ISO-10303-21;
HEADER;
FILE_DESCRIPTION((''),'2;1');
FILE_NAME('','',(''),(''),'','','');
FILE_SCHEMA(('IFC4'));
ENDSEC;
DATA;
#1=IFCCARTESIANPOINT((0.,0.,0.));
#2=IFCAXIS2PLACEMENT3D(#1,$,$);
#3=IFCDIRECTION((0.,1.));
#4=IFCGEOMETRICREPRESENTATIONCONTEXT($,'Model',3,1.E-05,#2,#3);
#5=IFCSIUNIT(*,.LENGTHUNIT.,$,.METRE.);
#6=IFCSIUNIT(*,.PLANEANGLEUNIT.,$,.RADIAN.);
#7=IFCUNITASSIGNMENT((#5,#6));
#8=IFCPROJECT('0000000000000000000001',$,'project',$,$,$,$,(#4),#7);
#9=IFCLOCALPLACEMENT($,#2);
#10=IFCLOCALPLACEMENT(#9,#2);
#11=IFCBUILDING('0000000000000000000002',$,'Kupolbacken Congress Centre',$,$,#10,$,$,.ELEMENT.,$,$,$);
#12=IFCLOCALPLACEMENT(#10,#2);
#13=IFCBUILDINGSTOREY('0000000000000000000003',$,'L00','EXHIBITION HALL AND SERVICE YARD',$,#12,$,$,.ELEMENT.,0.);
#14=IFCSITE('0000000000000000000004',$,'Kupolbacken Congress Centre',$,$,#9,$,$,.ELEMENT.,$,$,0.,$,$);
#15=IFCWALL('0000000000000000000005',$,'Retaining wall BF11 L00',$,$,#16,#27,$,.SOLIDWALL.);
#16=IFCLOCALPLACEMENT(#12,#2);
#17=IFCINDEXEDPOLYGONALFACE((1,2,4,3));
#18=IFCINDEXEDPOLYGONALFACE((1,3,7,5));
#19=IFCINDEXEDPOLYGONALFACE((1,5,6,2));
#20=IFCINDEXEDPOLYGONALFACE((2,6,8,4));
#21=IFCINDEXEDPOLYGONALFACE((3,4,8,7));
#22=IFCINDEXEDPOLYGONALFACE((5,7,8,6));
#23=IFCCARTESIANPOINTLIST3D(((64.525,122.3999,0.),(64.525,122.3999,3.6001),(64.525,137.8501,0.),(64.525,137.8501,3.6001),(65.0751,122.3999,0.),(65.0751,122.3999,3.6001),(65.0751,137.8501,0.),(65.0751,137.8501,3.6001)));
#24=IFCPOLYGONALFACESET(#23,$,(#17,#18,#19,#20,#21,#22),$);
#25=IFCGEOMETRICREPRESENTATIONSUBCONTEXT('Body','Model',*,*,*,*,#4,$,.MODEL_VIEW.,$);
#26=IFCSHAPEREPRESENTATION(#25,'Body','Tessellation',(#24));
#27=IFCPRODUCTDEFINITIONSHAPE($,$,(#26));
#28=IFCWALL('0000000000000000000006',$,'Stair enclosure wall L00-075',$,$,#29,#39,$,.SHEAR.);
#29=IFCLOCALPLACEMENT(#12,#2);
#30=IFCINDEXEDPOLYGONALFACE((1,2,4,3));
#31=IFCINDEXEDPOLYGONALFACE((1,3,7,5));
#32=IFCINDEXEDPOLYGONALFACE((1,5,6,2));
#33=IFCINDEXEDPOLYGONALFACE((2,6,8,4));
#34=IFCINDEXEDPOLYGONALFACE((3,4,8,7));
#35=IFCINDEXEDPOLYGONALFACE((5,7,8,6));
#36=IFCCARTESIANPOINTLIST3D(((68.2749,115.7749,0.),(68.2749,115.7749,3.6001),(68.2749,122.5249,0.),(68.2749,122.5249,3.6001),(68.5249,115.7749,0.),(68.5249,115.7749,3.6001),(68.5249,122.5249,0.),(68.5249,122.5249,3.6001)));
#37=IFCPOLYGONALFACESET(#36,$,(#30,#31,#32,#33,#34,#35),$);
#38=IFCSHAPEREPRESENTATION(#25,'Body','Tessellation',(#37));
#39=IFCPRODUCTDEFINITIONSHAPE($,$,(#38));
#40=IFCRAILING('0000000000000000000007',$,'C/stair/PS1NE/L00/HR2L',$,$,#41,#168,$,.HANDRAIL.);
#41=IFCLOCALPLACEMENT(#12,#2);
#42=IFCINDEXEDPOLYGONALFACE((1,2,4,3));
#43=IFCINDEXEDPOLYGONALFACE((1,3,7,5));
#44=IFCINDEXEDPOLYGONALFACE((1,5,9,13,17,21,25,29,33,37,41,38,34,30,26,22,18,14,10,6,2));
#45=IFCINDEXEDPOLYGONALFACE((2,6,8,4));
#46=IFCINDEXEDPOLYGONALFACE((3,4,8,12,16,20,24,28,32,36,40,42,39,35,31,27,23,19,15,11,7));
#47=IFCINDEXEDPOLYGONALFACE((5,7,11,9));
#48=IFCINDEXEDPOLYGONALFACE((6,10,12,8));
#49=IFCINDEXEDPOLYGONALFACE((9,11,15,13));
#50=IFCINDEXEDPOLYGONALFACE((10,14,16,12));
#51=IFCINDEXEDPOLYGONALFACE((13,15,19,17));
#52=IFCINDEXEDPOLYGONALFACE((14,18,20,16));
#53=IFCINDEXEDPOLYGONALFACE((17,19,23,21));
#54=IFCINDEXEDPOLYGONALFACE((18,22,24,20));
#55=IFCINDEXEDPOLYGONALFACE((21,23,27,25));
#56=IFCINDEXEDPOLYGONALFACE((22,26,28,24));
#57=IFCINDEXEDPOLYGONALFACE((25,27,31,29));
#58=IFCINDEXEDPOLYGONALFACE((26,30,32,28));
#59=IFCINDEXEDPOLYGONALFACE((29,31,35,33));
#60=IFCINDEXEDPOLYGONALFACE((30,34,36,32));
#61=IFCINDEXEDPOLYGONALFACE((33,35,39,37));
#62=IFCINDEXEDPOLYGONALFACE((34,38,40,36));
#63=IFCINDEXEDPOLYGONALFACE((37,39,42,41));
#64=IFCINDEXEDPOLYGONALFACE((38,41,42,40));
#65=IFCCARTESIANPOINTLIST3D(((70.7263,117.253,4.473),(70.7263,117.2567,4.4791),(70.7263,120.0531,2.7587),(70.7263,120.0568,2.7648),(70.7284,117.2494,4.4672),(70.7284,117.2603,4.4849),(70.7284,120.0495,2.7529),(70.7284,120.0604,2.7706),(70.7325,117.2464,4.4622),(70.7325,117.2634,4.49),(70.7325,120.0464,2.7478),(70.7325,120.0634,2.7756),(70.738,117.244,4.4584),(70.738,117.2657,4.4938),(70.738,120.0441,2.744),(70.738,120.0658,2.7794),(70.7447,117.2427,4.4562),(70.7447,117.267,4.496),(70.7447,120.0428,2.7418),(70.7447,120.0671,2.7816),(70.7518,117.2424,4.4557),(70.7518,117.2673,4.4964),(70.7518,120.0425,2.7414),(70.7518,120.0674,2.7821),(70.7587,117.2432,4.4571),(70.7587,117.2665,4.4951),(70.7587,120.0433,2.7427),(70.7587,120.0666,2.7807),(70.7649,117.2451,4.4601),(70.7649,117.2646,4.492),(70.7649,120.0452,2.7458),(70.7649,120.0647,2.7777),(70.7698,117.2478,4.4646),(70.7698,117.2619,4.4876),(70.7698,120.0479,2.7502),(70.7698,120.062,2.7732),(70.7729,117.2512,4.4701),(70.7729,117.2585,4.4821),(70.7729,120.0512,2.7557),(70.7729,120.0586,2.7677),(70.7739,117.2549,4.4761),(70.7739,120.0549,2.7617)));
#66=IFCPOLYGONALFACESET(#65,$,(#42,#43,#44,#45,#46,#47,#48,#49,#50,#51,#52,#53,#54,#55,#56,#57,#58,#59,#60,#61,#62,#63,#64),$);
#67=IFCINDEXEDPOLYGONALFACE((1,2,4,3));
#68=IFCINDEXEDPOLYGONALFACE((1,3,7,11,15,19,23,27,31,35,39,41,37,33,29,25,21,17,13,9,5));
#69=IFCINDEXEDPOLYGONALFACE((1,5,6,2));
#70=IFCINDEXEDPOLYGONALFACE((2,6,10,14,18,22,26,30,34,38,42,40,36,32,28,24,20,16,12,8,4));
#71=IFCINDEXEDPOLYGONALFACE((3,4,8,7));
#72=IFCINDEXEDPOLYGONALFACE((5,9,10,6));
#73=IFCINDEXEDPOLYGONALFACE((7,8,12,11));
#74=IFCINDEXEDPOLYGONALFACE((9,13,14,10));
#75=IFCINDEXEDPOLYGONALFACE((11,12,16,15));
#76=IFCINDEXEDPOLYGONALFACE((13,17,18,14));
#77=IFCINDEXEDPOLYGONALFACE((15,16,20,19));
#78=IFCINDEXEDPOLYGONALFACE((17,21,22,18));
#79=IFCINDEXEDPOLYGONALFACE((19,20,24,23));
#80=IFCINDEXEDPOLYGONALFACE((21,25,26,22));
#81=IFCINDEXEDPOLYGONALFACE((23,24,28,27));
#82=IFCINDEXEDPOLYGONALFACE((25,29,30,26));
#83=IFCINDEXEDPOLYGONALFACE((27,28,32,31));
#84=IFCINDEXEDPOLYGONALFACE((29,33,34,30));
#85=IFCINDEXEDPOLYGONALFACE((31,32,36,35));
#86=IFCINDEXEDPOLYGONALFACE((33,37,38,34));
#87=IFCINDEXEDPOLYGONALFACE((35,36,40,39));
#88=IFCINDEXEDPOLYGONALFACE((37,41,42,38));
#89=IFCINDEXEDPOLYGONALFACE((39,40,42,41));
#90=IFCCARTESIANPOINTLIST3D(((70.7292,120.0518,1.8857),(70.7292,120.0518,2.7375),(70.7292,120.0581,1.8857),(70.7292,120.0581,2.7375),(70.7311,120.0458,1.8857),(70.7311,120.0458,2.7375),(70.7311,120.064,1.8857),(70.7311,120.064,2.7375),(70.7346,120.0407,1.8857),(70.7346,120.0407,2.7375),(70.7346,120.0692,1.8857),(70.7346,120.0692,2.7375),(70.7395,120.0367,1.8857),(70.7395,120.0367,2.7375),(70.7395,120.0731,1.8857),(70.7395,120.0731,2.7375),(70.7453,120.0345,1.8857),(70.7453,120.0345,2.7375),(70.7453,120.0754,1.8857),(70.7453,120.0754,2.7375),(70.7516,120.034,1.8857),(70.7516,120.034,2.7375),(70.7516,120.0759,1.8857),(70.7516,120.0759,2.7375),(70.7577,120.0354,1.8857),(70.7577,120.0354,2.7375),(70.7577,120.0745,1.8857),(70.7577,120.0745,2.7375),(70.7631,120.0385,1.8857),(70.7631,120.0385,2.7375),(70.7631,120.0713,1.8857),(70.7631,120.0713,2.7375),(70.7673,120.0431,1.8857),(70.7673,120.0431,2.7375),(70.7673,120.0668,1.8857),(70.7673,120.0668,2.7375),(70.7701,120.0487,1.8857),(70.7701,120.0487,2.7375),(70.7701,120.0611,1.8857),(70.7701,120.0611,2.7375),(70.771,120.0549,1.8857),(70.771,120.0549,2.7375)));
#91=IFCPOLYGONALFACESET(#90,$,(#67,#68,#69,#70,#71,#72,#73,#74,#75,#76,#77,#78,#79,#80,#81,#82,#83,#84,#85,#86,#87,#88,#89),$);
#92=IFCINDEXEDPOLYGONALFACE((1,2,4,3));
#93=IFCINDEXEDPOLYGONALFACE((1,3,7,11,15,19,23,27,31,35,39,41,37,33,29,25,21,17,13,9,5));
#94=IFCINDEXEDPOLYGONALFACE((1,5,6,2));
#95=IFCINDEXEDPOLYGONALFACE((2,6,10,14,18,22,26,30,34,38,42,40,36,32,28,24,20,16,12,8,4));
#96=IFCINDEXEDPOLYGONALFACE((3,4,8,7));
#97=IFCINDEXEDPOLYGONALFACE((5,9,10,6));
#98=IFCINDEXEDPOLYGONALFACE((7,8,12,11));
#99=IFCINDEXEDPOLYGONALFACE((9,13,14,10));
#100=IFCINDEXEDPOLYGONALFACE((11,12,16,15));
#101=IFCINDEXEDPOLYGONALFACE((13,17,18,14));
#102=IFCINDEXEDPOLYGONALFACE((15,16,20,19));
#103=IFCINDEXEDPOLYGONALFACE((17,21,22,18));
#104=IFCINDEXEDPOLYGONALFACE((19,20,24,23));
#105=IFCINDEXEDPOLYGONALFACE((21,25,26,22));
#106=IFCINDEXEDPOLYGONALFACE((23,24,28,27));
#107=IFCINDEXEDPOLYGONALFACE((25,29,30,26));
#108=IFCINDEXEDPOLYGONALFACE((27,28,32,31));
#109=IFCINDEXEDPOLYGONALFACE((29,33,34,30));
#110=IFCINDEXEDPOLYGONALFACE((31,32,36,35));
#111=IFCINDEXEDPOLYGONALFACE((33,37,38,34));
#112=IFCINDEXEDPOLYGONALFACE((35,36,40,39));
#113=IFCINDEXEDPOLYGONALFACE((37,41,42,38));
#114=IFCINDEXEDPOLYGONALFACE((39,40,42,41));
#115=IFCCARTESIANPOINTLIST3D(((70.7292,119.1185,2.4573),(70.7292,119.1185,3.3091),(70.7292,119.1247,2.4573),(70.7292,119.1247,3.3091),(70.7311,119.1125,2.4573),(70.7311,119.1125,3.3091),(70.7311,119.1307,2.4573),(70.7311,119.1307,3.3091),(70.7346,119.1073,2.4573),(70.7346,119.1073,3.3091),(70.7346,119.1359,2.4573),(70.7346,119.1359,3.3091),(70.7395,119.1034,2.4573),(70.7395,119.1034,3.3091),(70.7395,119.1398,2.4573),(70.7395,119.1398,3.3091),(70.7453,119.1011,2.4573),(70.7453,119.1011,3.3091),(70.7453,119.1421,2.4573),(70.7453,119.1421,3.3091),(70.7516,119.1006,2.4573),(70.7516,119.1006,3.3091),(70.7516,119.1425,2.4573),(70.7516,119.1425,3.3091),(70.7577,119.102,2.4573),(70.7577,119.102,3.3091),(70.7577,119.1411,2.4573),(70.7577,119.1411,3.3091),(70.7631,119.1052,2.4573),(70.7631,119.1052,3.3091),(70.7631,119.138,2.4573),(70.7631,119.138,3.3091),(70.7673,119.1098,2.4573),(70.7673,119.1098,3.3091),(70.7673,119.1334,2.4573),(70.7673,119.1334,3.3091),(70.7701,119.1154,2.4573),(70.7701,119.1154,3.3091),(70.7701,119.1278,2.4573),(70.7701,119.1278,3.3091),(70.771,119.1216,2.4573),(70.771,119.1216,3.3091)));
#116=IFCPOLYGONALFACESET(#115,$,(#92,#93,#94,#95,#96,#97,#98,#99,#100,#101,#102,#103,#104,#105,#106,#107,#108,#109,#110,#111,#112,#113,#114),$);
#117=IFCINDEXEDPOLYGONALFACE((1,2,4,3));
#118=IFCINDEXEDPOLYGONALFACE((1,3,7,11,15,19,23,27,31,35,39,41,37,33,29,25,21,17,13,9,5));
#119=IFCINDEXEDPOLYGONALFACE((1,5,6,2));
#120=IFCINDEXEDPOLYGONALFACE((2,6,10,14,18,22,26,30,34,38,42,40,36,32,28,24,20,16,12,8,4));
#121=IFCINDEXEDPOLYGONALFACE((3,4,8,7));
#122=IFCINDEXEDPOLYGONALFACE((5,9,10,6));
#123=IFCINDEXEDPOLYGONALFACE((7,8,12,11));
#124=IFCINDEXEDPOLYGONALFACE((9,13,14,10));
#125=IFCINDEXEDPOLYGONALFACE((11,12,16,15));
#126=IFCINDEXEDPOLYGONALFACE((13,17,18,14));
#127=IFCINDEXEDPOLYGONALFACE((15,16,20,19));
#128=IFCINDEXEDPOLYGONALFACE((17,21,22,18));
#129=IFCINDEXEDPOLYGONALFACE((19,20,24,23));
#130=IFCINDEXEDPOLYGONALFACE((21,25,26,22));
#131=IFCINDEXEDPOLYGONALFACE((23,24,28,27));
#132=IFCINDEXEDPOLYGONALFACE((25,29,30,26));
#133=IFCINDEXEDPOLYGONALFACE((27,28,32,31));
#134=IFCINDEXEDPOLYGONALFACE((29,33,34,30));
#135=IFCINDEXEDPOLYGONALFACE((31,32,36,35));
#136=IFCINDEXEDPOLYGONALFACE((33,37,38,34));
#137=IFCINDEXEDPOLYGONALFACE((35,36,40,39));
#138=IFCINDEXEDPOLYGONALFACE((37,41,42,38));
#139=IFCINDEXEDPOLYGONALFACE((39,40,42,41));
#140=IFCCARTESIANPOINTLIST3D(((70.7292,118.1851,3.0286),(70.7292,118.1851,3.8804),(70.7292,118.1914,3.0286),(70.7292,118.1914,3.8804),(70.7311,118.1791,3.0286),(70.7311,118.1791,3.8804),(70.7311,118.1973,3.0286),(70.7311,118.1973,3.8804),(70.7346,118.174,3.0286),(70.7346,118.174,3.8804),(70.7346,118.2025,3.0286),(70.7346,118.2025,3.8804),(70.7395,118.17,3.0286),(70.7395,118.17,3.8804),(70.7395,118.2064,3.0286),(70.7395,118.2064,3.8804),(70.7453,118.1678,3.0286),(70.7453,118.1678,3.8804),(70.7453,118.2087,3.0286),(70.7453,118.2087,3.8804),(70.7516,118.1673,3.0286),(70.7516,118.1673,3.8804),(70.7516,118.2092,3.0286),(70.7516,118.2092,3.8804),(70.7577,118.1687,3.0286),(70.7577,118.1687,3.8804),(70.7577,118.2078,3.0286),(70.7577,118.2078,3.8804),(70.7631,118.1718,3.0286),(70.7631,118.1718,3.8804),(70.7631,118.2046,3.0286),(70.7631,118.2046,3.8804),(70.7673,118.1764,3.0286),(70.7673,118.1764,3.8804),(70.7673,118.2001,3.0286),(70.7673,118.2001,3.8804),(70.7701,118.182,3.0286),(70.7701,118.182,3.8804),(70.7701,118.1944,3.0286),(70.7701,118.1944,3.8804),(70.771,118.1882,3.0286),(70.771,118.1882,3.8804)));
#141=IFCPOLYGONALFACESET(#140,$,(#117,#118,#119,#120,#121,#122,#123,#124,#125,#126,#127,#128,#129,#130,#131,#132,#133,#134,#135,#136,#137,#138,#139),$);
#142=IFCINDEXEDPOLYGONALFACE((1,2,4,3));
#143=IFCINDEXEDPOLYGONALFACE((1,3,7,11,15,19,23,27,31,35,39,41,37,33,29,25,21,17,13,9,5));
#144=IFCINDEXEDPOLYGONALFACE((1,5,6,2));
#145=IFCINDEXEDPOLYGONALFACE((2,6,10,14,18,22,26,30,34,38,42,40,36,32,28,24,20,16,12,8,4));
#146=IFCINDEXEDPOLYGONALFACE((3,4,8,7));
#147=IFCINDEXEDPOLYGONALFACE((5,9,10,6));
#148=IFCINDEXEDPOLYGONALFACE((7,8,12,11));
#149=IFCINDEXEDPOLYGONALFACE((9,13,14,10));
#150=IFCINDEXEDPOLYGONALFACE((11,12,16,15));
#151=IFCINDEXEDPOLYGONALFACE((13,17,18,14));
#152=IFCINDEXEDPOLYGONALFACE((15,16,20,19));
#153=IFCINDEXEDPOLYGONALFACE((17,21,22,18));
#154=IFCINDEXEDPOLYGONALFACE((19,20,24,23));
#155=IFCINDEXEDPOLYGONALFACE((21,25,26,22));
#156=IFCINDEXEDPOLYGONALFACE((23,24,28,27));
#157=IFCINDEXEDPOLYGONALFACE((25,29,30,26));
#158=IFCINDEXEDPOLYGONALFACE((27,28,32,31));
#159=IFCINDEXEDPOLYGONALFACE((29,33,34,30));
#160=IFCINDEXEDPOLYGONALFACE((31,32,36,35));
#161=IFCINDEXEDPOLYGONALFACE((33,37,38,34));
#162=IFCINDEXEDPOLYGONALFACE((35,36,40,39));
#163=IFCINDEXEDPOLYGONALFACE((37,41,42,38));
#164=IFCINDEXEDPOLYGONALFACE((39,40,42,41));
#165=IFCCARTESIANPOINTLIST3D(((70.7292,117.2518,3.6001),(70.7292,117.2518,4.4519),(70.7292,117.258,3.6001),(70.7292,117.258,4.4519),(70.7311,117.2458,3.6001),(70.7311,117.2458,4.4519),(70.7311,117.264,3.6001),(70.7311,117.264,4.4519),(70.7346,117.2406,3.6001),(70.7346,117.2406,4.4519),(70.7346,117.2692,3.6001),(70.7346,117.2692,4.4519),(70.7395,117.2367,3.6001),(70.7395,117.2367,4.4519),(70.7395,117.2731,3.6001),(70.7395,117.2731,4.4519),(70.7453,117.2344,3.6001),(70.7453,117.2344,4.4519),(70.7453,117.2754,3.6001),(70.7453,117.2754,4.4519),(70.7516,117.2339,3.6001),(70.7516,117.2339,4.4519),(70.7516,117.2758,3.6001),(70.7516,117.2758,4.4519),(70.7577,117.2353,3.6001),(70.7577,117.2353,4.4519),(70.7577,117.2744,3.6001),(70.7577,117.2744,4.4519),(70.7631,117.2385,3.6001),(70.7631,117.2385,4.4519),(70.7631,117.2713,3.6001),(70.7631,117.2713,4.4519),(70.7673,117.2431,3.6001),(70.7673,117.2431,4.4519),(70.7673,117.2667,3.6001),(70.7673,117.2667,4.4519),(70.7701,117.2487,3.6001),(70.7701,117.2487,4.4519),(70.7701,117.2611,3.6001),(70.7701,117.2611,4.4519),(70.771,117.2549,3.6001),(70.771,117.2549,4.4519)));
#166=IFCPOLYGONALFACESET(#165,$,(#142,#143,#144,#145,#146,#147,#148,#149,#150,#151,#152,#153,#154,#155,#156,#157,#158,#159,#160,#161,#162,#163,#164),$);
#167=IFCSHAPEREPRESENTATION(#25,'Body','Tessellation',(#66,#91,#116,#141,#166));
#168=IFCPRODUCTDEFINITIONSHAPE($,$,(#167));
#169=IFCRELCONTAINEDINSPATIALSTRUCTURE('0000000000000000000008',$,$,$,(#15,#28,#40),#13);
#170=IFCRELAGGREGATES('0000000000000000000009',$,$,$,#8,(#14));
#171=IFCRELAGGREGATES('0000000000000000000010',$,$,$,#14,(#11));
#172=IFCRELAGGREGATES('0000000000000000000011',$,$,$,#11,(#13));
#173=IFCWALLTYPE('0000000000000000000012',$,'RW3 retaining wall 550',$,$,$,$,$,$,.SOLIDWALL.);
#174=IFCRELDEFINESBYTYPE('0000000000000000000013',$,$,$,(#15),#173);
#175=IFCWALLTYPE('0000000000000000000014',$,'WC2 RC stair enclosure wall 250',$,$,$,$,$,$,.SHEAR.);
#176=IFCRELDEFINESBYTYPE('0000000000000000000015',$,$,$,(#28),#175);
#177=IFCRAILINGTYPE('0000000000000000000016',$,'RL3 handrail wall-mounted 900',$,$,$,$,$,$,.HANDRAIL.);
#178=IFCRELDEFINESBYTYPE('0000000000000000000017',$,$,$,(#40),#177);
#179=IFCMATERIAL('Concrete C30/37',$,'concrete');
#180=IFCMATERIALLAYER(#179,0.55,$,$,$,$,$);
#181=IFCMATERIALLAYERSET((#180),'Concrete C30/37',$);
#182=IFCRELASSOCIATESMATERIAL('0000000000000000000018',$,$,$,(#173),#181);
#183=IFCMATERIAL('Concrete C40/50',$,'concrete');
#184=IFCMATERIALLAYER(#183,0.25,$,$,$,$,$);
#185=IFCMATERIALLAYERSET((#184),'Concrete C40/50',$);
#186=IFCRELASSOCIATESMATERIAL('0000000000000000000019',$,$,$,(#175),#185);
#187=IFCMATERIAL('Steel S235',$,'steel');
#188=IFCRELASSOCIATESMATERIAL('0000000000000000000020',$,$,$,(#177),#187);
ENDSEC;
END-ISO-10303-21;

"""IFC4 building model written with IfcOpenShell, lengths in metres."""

from ifc_helpers import new_model, si_unit, direction, frame, frame_2d, origin, origin_2d, place, context, subcontext, project, spatial, rectangle, circle, extrude, material, layer, layer_set, type_object, element, save


model = new_model("IFC4")

# Units and contexts
model_context = context("Model", 3, precision=1e-05, world=origin(), true_north=direction((0.0, 1.0)))
body_context = subcontext(model_context, "Body", "Model", "MODEL_VIEW")
ifc_project = project(units=[si_unit("LENGTHUNIT", "METRE"), si_unit("PLANEANGLEUNIT", "RADIAN")], contexts=[model_context])

# Site, building, storey
site_placement = place(None, origin())
site = spatial("IfcSite", under=ifc_project, at=site_placement, Name="Kupolbacken Congress Centre", CompositionType="ELEMENT", RefElevation=0.0)
building_placement = place(site_placement, origin())
building = spatial("IfcBuilding", under=site, at=building_placement, Name="Kupolbacken Congress Centre", CompositionType="ELEMENT")
storey_placement = place(building_placement, origin())
storey = spatial("IfcBuildingStorey", under=building, at=storey_placement, Name="L00", Description="EXHIBITION HALL AND SERVICE YARD", CompositionType="ELEMENT", Elevation=0.0)

# Walls
ifc_material_1 = material(Name="Concrete C30/37", Category="concrete")
ifc_layer_1 = layer(ifc_material_1, 0.55)
ifc_layer_set_1 = layer_set([ifc_layer_1], Name="Concrete C30/37")
wall_type_1 = type_object("IfcWallType", Name="RW3 retaining wall 550", PredefinedType="SOLIDWALL", material=ifc_layer_set_1)
wall_1_placement = place(storey_placement, frame((64.8, 122.3999, 0.0), z_axis=(0.0, 0.0, 1.0), x_axis=(0.0, 1.0, 0.0)))
element("IfcWall", 1, at=wall_1_placement, inside=storey, type_object=wall_type_1, Name="Retaining wall BF11 L00", PredefinedType="SOLIDWALL", context=body_context, shape_type="SweptSolid", body=[
    extrude(rectangle(XDim=15.4502, YDim=0.55, at=frame_2d((7.7251, 0.0))), origin(), (0.0, 0.0, 1.0), 3.6001),
])
ifc_material_2 = material(Name="Concrete C40/50", Category="concrete")
ifc_layer_2 = layer(ifc_material_2, 0.25)
ifc_layer_set_2 = layer_set([ifc_layer_2], Name="Concrete C40/50")
wall_type_2 = type_object("IfcWallType", Name="WC2 RC stair enclosure wall 250", PredefinedType="SHEAR", material=ifc_layer_set_2)
wall_2_placement = place(storey_placement, frame((68.3999, 122.5249, 0.0), z_axis=(0.0, 0.0, 1.0), x_axis=(0.0, -1.0, 0.0)))
element("IfcWall", 2, at=wall_2_placement, inside=storey, type_object=wall_type_2, Name="Stair enclosure wall L00-075", PredefinedType="SHEAR", context=body_context, shape_type="SweptSolid", body=[
    extrude(rectangle(XDim=6.75, YDim=0.25, at=frame_2d((3.375, 0.0))), origin(), (0.0, 0.0, 1.0), 3.6001),
])

# Railing
ifc_material_3 = material(Name="Steel S235", Category="steel")
railing_type = type_object("IfcRailingType", Name="RL3 handrail wall-mounted 900", PredefinedType="HANDRAIL", material=ifc_material_3)
for number, where, name in (
    (3, (70.75, 120.0549, 1.8857), "C/stair/PS1NE/L00/HR2L"),
):
    element("IfcRailing", number, at=place(storey_placement, frame(where)), inside=storey, type_object=railing_type, Name=name, PredefinedType="HANDRAIL", context=body_context, shape_type="SweptSolid", body=[
        extrude(circle(Radius=0.0239, at=origin_2d()), frame((0.0, 0.0, 0.876), z_axis=(0.0, -0.852846, 0.522163), x_axis=(1.0, 0.0, 0.0)), (0.0, 0.0, 1.0), 3.2832),
        extrude(circle(Radius=0.021, at=origin_2d()), origin(), (0.0, 0.0, 1.0), 0.8518),
        extrude(circle(Radius=0.021, at=origin_2d()), frame((0.0, -0.9333, 0.5715)), (0.0, 0.0, 1.0), 0.8518),
        extrude(circle(Radius=0.021, at=origin_2d()), frame((0.0, -1.8667, 1.1428)), (0.0, 0.0, 1.0), 0.8518),
        extrude(circle(Radius=0.021, at=origin_2d()), frame((0.0, -2.8, 1.7144)), (0.0, 0.0, 1.0), 0.8518),
    ])

save(model, "model.ifc")
